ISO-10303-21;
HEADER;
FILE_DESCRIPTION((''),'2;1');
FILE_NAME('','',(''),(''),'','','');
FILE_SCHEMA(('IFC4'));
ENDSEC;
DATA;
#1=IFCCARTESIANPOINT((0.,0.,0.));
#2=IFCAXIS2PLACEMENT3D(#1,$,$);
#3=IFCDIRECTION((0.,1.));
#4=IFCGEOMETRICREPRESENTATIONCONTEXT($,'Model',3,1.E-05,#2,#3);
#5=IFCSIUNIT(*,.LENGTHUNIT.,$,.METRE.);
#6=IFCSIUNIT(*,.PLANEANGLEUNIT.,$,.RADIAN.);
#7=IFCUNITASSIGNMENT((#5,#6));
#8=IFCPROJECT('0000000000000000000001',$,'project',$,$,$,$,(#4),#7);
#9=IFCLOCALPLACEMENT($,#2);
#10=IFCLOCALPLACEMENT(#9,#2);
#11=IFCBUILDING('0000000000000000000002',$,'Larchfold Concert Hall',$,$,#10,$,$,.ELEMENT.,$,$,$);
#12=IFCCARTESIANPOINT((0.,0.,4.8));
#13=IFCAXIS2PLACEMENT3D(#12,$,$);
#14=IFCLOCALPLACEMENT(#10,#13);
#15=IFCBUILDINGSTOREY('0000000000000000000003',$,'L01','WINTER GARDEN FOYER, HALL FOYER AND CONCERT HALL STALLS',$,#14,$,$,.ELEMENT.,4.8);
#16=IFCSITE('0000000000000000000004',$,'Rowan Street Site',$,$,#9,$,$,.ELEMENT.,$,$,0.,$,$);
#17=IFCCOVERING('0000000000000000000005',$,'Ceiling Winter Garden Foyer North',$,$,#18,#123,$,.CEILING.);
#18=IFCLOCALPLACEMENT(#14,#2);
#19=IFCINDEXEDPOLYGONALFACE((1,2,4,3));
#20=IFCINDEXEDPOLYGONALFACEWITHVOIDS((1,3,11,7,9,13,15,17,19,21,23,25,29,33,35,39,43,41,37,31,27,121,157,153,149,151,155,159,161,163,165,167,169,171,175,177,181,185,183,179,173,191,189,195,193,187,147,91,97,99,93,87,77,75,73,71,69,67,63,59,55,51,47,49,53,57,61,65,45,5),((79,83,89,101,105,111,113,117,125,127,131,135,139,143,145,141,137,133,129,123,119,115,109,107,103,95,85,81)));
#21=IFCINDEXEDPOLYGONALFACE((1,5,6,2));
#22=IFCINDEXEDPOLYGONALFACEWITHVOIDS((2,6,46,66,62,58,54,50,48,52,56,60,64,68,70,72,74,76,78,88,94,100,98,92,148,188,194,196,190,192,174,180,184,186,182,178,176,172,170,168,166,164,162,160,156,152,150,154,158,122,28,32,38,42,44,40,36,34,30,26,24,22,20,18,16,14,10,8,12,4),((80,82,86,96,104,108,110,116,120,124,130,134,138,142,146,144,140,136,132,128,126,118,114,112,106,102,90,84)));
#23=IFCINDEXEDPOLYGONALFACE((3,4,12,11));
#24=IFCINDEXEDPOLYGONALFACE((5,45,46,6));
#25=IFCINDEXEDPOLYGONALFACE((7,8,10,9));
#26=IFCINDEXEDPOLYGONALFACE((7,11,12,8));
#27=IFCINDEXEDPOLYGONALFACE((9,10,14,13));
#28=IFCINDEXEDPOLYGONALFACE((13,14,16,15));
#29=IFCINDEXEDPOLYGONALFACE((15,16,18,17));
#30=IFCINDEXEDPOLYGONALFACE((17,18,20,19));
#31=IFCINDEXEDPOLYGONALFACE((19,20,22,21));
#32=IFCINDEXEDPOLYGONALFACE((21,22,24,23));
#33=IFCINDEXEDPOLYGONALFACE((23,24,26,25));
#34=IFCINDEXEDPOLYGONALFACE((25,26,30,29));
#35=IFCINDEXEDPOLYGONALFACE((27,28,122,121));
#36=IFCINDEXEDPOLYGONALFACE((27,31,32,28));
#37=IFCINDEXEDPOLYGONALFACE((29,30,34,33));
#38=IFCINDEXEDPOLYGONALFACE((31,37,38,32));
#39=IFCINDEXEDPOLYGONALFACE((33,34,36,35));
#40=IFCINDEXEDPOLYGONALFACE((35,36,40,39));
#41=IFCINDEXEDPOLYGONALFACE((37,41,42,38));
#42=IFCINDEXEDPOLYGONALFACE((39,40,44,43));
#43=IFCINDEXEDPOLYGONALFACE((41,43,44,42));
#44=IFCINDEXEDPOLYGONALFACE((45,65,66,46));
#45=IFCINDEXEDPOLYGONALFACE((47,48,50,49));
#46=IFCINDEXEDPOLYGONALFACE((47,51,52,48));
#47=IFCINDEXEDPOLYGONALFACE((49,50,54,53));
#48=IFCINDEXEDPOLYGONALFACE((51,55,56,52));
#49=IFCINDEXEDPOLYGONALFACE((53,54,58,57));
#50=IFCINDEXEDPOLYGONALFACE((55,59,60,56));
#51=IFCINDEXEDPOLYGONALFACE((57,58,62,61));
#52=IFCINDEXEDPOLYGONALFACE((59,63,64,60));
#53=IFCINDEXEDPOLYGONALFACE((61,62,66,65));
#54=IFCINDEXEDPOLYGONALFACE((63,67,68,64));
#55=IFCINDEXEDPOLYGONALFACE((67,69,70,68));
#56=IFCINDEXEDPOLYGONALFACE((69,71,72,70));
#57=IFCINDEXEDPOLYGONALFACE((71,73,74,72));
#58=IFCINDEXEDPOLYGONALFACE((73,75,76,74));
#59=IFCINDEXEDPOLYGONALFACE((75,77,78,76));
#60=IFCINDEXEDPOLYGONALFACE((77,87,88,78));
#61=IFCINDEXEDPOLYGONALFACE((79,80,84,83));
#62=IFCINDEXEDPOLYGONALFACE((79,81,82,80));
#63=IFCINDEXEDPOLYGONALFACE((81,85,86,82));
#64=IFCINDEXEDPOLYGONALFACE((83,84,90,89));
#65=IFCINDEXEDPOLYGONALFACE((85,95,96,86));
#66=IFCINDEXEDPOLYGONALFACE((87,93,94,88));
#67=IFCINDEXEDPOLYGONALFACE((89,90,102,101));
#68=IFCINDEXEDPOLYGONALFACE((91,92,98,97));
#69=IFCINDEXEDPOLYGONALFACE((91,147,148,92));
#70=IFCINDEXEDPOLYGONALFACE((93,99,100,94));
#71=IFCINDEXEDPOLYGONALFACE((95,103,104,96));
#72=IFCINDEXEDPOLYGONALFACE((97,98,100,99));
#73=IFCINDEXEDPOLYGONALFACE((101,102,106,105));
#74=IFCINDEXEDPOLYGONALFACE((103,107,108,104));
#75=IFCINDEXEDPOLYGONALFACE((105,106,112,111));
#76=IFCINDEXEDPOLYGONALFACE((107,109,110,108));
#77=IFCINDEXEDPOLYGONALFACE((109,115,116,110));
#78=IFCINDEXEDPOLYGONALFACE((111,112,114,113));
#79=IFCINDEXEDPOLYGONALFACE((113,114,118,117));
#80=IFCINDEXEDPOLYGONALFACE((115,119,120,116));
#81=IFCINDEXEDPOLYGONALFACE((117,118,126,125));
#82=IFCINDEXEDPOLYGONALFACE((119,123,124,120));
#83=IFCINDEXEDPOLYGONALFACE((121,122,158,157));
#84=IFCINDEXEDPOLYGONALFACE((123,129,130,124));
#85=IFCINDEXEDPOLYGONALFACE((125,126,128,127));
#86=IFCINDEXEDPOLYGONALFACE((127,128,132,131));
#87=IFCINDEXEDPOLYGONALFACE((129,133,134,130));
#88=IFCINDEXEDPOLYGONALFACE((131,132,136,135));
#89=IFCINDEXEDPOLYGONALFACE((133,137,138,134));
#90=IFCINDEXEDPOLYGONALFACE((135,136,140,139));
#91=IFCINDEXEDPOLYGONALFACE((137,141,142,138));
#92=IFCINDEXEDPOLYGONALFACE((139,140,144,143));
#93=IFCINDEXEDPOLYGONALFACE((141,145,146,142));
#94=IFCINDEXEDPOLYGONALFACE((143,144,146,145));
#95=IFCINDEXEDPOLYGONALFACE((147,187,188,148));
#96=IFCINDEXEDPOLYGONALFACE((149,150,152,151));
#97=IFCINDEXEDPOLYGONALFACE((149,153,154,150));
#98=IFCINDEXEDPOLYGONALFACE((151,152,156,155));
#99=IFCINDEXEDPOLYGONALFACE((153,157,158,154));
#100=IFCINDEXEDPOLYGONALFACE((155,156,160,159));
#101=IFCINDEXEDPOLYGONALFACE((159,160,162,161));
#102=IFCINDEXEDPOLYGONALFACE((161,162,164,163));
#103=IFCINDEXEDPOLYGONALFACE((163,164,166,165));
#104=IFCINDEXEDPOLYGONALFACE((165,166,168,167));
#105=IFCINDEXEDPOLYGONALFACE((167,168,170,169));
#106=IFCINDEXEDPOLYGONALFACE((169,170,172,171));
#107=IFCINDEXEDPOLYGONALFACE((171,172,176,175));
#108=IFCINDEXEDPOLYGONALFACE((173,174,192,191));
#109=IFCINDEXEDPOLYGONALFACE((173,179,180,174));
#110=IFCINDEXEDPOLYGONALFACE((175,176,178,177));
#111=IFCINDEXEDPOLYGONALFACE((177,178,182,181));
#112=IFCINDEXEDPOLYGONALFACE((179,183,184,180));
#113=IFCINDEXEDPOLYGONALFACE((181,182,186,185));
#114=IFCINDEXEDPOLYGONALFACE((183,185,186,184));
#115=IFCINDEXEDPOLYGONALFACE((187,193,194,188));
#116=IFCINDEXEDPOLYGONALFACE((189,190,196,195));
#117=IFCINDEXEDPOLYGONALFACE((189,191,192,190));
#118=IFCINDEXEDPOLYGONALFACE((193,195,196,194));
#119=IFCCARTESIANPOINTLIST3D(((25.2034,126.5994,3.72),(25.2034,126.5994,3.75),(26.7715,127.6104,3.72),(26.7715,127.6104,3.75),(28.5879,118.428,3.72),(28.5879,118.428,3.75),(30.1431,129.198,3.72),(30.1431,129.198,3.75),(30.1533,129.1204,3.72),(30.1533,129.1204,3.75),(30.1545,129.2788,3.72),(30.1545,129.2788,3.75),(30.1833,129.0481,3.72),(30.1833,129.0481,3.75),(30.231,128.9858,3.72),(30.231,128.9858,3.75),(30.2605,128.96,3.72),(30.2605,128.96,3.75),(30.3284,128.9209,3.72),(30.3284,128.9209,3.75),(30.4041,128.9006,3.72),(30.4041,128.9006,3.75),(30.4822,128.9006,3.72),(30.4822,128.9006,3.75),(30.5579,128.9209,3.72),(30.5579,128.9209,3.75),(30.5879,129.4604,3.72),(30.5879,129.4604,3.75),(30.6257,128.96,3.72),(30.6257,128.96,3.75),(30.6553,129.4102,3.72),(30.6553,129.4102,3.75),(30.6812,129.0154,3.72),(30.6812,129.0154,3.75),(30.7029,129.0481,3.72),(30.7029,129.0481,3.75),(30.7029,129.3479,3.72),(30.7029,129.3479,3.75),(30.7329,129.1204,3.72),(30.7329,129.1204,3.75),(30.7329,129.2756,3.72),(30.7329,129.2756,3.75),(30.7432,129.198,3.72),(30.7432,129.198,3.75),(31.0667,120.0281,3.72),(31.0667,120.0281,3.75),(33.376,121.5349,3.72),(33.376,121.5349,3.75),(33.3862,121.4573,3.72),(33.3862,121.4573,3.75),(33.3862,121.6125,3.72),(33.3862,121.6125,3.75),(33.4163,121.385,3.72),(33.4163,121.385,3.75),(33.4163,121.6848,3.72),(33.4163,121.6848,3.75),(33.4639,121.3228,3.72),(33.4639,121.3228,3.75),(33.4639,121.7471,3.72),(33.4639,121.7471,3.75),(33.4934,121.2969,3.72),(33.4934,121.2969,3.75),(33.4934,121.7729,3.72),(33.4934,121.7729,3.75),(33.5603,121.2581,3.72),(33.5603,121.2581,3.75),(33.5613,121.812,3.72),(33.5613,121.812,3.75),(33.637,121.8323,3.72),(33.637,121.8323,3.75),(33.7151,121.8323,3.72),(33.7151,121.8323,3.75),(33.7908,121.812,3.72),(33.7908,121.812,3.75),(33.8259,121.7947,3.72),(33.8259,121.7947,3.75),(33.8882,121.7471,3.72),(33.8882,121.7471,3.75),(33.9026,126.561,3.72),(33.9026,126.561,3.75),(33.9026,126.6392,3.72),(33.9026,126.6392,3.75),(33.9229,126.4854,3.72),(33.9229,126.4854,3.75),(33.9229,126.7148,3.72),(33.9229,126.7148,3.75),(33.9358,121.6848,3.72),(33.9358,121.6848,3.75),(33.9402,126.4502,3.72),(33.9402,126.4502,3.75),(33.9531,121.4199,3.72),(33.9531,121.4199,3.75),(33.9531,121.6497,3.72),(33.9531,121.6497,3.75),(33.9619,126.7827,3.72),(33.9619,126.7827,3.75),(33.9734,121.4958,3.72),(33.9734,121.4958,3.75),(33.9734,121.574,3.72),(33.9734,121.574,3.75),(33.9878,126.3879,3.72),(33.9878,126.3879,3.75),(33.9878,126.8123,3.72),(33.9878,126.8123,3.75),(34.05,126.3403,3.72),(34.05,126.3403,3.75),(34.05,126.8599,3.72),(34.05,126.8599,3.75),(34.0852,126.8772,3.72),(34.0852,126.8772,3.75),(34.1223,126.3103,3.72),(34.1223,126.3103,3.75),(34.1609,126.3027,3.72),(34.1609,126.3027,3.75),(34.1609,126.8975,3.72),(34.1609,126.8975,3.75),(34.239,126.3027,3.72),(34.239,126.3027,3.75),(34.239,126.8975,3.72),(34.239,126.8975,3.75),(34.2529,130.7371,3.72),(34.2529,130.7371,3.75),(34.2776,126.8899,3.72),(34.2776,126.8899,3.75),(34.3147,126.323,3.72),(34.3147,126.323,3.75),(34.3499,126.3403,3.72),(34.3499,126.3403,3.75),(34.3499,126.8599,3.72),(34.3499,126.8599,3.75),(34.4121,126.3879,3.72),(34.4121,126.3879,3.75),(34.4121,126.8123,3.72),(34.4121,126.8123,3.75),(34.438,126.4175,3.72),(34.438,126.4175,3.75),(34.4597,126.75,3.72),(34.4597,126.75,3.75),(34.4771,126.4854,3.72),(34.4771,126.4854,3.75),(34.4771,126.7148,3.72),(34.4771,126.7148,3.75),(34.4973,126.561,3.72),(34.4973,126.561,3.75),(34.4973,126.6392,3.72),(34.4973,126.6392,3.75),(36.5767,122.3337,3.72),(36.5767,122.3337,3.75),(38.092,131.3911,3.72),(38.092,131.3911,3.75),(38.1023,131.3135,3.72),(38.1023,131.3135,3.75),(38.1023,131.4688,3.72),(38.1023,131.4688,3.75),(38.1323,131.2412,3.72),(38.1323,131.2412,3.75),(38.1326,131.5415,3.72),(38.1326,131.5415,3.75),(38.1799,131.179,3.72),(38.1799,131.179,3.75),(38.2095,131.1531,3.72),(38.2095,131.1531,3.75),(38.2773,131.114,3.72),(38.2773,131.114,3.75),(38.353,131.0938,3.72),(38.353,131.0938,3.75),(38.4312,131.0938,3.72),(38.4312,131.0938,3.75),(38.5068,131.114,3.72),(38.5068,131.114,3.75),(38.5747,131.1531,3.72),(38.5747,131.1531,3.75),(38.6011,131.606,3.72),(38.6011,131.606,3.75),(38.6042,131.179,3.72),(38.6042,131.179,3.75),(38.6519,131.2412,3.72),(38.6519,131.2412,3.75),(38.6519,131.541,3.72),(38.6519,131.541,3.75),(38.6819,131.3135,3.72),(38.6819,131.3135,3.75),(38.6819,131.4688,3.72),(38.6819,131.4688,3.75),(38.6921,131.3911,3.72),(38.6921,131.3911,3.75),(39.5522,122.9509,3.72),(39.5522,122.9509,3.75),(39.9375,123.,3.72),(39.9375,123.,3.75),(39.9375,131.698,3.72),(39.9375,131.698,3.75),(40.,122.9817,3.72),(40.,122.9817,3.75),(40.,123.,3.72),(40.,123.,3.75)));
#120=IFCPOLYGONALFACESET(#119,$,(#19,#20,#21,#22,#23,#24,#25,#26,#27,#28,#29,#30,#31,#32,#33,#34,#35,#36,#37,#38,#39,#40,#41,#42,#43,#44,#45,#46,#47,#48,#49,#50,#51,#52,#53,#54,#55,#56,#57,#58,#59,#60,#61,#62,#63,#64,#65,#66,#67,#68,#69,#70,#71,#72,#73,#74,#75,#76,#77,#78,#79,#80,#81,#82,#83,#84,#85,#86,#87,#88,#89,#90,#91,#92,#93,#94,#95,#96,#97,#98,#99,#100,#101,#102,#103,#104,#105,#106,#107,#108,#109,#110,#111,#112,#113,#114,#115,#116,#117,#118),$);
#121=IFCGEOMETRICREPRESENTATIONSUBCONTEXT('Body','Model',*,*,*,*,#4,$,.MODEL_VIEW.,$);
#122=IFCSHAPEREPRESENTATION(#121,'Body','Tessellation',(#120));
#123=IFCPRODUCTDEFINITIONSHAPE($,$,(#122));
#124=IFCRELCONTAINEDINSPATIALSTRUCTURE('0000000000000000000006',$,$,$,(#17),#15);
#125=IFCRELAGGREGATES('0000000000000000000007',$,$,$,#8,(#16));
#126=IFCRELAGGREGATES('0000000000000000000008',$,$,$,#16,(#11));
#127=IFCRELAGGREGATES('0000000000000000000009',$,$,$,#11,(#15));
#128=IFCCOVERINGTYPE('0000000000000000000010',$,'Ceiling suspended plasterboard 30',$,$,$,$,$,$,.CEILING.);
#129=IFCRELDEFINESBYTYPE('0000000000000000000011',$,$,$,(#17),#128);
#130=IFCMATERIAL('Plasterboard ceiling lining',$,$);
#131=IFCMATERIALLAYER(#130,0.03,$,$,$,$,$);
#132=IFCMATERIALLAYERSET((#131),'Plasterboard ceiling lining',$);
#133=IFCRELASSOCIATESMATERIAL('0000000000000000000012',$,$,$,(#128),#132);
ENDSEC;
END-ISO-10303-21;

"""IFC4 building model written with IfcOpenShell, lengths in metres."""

from ifc_helpers import new_model, si_unit, direction, frame, origin, place, context, subcontext, project, spatial, polyline, outline, extrude, material, layer, layer_set, type_object, element, save


model = new_model("IFC4")

# Units and contexts
model_context = context("Model", 3, precision=1e-05, world=origin(), true_north=direction((0.0, 1.0)))
body_context = subcontext(model_context, "Body", "Model", "MODEL_VIEW")
ifc_project = project(units=[si_unit("LENGTHUNIT", "METRE"), si_unit("PLANEANGLEUNIT", "RADIAN")], contexts=[model_context])

# Site, building, storey
site_placement = place(None, origin())
site = spatial("IfcSite", under=ifc_project, at=site_placement, Name="Rowan Street Site", CompositionType="ELEMENT", RefElevation=0.0)
building_placement = place(site_placement, origin())
building = spatial("IfcBuilding", under=site, at=building_placement, Name="Larchfold Concert Hall", CompositionType="ELEMENT")
storey_placement = place(building_placement, frame((0.0, 0.0, 4.8)))
storey = spatial("IfcBuildingStorey", under=building, at=storey_placement, Name="L01", Description="WINTER GARDEN FOYER, HALL FOYER AND CONCERT HALL STALLS", CompositionType="ELEMENT", Elevation=4.8)

# Covering
ifc_material_1 = material(Name="Plasterboard ceiling lining")
ifc_layer_1 = layer(ifc_material_1, 0.03)
ifc_layer_set_1 = layer_set([ifc_layer_1], Name="Plasterboard ceiling lining")
covering_type_1 = type_object("IfcCoveringType", Name="Ceiling suspended plasterboard 30", PredefinedType="CEILING", material=ifc_layer_set_1)
covering_1_placement = place(storey_placement, frame((0.0, 0.0, 3.72)))
element("IfcCovering", 1, at=covering_1_placement, inside=storey, type_object=covering_type_1, Name="Ceiling Winter Garden Foyer North", PredefinedType="CEILING", context=body_context, shape_type="SweptSolid", body=[
    extrude(outline(polyline([(26.7715, 127.6104), (25.2034, 126.5994), (28.5879, 118.428), (31.0667, 120.0281), (33.5603, 121.2581), (33.4934, 121.2969), (33.4639, 121.3228), (33.4163, 121.385), (33.3862, 121.4573), (33.376, 121.5349), (33.3862, 121.6125), (33.4163, 121.6848), (33.4639, 121.7471), (33.4934, 121.7729), (33.5613, 121.812), (33.637, 121.8323), (33.7151, 121.8323), (33.7908, 121.812), (33.8259, 121.7947), (33.8882, 121.7471), (33.9358, 121.6848), (33.9531, 121.6497), (33.9734, 121.574), (33.9734, 121.4958), (33.9531, 121.4199), (36.5767, 122.3337), (39.5522, 122.9509), (40.0, 122.9817), (40.0, 123.0), (39.9375, 123.0), (39.9375, 131.698), (38.6011, 131.606), (38.6519, 131.541), (38.6819, 131.4688), (38.6921, 131.3911), (38.6819, 131.3135), (38.6519, 131.2412), (38.6042, 131.179), (38.5747, 131.1531), (38.5068, 131.114), (38.4312, 131.0938), (38.353, 131.0938), (38.2773, 131.114), (38.2095, 131.1531), (38.1799, 131.179), (38.1323, 131.2412), (38.1023, 131.3135), (38.092, 131.3911), (38.1023, 131.4688), (38.1326, 131.5415), (34.2529, 130.7371), (30.5879, 129.4604), (30.6553, 129.4102), (30.7029, 129.3479), (30.7329, 129.2756), (30.7432, 129.198), (30.7329, 129.1204), (30.7029, 129.0481), (30.6812, 129.0154), (30.6257, 128.96), (30.5579, 128.9209), (30.4822, 128.9006), (30.4041, 128.9006), (30.3284, 128.9209), (30.2605, 128.96), (30.231, 128.9858), (30.1833, 129.0481), (30.1533, 129.1204), (30.1431, 129.198), (30.1545, 129.2788), (26.7715, 127.6104)]), holes=[polyline([(33.9878, 126.3879), (33.9402, 126.4502), (33.9229, 126.4854), (33.9026, 126.561), (33.9026, 126.6392), (33.9229, 126.7148), (33.9619, 126.7827), (33.9878, 126.8123), (34.05, 126.8599), (34.0852, 126.8772), (34.1609, 126.8975), (34.239, 126.8975), (34.2776, 126.8899), (34.3499, 126.8599), (34.4121, 126.8123), (34.4597, 126.75), (34.4771, 126.7148), (34.4973, 126.6392), (34.4973, 126.561), (34.4771, 126.4854), (34.438, 126.4175), (34.4121, 126.3879), (34.3499, 126.3403), (34.3147, 126.323), (34.239, 126.3027), (34.1609, 126.3027), (34.1223, 126.3103), (34.05, 126.3403), (33.9878, 126.3879)])]), origin(), (0.0, 0.0, 1.0), 0.03),
])

save(model, "model.ifc")
